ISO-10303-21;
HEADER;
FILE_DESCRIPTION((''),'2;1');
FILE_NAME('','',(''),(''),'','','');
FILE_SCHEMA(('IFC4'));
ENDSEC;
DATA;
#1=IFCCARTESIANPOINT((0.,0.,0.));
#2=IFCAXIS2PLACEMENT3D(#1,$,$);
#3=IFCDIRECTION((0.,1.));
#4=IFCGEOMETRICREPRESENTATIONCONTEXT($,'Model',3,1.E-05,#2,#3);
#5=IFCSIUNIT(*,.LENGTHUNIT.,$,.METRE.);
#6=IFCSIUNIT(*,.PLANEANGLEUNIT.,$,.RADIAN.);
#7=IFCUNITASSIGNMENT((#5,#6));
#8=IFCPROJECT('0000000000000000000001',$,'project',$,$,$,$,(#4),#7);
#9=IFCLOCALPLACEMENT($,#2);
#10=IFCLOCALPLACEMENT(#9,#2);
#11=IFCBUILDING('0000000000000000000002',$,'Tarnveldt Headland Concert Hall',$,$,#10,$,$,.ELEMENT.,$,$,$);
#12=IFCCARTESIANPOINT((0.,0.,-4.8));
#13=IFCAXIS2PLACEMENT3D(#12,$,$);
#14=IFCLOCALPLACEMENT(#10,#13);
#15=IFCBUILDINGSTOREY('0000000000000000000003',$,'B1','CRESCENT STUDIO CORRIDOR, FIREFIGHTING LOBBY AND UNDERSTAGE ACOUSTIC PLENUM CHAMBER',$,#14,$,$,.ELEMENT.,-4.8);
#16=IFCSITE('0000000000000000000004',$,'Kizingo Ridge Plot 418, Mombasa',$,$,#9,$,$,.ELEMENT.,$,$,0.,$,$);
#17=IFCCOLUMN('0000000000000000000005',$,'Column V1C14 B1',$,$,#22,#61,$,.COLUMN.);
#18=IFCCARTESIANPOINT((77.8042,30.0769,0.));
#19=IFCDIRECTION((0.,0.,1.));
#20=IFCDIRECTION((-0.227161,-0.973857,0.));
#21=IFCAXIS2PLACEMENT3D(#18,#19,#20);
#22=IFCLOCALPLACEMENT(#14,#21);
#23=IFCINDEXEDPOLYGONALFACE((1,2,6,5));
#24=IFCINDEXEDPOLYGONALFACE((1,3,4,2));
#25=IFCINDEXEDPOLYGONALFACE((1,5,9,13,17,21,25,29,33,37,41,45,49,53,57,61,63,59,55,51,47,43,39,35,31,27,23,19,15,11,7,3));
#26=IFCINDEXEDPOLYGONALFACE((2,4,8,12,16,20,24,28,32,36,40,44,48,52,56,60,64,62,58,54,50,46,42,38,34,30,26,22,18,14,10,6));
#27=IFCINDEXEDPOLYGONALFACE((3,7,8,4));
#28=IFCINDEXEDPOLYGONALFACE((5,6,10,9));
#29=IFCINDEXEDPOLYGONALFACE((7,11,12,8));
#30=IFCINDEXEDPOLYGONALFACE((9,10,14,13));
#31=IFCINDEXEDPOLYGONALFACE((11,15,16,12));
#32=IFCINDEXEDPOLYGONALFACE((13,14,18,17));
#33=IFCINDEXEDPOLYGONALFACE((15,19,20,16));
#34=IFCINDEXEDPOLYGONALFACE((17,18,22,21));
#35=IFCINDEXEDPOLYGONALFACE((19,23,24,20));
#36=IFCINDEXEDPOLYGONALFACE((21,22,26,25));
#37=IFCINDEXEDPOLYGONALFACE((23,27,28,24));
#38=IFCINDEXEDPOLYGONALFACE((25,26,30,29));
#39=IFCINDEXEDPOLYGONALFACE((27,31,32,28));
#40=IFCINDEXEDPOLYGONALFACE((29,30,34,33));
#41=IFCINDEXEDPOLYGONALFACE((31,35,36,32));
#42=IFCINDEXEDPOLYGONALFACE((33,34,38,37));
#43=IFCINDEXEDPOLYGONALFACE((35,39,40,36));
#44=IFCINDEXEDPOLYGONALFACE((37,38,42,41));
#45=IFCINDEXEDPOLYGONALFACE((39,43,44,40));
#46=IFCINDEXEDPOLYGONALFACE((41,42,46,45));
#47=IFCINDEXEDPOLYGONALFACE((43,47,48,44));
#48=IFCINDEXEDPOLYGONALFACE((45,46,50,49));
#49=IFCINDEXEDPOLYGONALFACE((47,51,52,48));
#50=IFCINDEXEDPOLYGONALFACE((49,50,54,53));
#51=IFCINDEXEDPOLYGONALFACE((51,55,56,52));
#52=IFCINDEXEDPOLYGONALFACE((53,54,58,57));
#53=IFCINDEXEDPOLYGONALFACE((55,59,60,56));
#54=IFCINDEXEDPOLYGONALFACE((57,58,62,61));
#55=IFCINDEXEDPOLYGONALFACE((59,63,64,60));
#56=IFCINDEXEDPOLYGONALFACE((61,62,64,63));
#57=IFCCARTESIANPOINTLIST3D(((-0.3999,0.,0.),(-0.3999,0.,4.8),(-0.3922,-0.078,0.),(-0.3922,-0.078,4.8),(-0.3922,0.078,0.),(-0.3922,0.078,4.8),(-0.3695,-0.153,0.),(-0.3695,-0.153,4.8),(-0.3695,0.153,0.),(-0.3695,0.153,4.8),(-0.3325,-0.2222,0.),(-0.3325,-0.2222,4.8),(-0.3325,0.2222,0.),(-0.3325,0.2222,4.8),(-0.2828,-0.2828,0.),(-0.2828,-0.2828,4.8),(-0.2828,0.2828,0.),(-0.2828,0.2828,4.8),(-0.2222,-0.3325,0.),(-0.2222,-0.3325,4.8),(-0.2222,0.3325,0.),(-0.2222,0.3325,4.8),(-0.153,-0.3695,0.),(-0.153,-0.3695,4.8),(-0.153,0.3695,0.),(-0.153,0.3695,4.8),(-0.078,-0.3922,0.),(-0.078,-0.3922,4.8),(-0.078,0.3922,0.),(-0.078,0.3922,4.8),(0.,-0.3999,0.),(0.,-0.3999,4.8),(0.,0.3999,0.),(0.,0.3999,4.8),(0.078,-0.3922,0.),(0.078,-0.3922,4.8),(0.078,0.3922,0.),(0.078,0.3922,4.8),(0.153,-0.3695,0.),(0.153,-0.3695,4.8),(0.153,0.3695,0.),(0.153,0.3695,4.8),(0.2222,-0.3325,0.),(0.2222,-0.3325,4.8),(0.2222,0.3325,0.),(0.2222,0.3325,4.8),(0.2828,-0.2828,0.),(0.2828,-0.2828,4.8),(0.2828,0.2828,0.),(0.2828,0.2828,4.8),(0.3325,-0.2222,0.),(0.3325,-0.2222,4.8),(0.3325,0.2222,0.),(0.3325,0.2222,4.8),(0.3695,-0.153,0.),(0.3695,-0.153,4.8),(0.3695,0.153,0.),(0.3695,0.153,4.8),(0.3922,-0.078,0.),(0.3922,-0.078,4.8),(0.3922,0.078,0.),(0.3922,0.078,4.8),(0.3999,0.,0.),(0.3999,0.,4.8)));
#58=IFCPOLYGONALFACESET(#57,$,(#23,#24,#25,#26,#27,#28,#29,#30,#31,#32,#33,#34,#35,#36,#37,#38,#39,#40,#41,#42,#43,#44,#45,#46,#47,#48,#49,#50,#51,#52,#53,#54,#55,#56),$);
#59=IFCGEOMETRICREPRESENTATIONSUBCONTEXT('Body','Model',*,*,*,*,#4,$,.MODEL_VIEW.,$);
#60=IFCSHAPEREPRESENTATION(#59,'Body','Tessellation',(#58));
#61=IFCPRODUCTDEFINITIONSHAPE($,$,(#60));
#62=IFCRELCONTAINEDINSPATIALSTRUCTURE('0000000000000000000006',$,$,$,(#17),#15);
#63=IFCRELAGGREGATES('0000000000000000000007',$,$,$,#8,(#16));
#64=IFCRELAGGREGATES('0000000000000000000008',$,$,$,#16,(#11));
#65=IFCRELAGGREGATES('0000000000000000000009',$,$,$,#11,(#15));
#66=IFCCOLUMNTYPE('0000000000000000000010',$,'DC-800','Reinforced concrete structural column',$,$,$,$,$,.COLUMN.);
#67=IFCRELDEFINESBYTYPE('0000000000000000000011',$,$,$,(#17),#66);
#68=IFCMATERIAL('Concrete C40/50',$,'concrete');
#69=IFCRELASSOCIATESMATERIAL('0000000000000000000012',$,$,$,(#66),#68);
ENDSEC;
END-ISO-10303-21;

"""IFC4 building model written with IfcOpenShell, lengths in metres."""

from ifc_helpers import new_model, si_unit, direction, frame, origin, origin_2d, place, context, subcontext, project, spatial, circle, extrude, material, material_profile, profile_set, type_object, element, save


model = new_model("IFC4")

# Units and contexts
model_context = context("Model", 3, precision=1e-05, world=origin(), true_north=direction((0.0, 1.0)))
body_context = subcontext(model_context, "Body", "Model", "MODEL_VIEW")
ifc_project = project(units=[si_unit("LENGTHUNIT", "METRE"), si_unit("PLANEANGLEUNIT", "RADIAN")], contexts=[model_context])

# Site, building, storey
site_placement = place(None, origin())
site = spatial("IfcSite", under=ifc_project, at=site_placement, Name="Kizingo Ridge Plot 418, Mombasa", CompositionType="ELEMENT", RefElevation=0.0)
building_placement = place(site_placement, origin())
building = spatial("IfcBuilding", under=site, at=building_placement, Name="Tarnveldt Headland Concert Hall", CompositionType="ELEMENT")
storey_placement = place(building_placement, frame((0.0, 0.0, -4.8)))
storey = spatial("IfcBuildingStorey", under=building, at=storey_placement, Name="B1", Description="CRESCENT STUDIO CORRIDOR, FIREFIGHTING LOBBY AND UNDERSTAGE ACOUSTIC PLENUM CHAMBER", CompositionType="ELEMENT", Elevation=-4.8)

# Shared definitions
ifc_material_1 = material(Name="Concrete C40/50", Category="concrete")

# Column
ifc_material_profile_1 = material_profile(ifc_material_1, circle(Radius=0.3999, at=origin_2d()), Name="RC D800", Category="concrete")
ifc_profile_set_1 = profile_set([ifc_material_profile_1], Name="Concrete C40/50")
column_type_1 = type_object("IfcColumnType", Name="DC-800", Description="Reinforced concrete structural column", PredefinedType="COLUMN", material=ifc_profile_set_1)
column_1_placement = place(storey_placement, frame((77.8042, 30.0769, 0.0), z_axis=(0.0, 0.0, 1.0), x_axis=(-0.227161, -0.973857, 0.0)))
element("IfcColumn", 1, at=column_1_placement, inside=storey, type_object=column_type_1, Name="Column V1C14 B1", PredefinedType="COLUMN", context=body_context, shape_type="SweptSolid", body=[
    extrude(circle(Radius=0.3999, at=origin_2d()), origin(), (0.0, 0.0, 1.0), 4.8),
])

save(model, "model.ifc")
